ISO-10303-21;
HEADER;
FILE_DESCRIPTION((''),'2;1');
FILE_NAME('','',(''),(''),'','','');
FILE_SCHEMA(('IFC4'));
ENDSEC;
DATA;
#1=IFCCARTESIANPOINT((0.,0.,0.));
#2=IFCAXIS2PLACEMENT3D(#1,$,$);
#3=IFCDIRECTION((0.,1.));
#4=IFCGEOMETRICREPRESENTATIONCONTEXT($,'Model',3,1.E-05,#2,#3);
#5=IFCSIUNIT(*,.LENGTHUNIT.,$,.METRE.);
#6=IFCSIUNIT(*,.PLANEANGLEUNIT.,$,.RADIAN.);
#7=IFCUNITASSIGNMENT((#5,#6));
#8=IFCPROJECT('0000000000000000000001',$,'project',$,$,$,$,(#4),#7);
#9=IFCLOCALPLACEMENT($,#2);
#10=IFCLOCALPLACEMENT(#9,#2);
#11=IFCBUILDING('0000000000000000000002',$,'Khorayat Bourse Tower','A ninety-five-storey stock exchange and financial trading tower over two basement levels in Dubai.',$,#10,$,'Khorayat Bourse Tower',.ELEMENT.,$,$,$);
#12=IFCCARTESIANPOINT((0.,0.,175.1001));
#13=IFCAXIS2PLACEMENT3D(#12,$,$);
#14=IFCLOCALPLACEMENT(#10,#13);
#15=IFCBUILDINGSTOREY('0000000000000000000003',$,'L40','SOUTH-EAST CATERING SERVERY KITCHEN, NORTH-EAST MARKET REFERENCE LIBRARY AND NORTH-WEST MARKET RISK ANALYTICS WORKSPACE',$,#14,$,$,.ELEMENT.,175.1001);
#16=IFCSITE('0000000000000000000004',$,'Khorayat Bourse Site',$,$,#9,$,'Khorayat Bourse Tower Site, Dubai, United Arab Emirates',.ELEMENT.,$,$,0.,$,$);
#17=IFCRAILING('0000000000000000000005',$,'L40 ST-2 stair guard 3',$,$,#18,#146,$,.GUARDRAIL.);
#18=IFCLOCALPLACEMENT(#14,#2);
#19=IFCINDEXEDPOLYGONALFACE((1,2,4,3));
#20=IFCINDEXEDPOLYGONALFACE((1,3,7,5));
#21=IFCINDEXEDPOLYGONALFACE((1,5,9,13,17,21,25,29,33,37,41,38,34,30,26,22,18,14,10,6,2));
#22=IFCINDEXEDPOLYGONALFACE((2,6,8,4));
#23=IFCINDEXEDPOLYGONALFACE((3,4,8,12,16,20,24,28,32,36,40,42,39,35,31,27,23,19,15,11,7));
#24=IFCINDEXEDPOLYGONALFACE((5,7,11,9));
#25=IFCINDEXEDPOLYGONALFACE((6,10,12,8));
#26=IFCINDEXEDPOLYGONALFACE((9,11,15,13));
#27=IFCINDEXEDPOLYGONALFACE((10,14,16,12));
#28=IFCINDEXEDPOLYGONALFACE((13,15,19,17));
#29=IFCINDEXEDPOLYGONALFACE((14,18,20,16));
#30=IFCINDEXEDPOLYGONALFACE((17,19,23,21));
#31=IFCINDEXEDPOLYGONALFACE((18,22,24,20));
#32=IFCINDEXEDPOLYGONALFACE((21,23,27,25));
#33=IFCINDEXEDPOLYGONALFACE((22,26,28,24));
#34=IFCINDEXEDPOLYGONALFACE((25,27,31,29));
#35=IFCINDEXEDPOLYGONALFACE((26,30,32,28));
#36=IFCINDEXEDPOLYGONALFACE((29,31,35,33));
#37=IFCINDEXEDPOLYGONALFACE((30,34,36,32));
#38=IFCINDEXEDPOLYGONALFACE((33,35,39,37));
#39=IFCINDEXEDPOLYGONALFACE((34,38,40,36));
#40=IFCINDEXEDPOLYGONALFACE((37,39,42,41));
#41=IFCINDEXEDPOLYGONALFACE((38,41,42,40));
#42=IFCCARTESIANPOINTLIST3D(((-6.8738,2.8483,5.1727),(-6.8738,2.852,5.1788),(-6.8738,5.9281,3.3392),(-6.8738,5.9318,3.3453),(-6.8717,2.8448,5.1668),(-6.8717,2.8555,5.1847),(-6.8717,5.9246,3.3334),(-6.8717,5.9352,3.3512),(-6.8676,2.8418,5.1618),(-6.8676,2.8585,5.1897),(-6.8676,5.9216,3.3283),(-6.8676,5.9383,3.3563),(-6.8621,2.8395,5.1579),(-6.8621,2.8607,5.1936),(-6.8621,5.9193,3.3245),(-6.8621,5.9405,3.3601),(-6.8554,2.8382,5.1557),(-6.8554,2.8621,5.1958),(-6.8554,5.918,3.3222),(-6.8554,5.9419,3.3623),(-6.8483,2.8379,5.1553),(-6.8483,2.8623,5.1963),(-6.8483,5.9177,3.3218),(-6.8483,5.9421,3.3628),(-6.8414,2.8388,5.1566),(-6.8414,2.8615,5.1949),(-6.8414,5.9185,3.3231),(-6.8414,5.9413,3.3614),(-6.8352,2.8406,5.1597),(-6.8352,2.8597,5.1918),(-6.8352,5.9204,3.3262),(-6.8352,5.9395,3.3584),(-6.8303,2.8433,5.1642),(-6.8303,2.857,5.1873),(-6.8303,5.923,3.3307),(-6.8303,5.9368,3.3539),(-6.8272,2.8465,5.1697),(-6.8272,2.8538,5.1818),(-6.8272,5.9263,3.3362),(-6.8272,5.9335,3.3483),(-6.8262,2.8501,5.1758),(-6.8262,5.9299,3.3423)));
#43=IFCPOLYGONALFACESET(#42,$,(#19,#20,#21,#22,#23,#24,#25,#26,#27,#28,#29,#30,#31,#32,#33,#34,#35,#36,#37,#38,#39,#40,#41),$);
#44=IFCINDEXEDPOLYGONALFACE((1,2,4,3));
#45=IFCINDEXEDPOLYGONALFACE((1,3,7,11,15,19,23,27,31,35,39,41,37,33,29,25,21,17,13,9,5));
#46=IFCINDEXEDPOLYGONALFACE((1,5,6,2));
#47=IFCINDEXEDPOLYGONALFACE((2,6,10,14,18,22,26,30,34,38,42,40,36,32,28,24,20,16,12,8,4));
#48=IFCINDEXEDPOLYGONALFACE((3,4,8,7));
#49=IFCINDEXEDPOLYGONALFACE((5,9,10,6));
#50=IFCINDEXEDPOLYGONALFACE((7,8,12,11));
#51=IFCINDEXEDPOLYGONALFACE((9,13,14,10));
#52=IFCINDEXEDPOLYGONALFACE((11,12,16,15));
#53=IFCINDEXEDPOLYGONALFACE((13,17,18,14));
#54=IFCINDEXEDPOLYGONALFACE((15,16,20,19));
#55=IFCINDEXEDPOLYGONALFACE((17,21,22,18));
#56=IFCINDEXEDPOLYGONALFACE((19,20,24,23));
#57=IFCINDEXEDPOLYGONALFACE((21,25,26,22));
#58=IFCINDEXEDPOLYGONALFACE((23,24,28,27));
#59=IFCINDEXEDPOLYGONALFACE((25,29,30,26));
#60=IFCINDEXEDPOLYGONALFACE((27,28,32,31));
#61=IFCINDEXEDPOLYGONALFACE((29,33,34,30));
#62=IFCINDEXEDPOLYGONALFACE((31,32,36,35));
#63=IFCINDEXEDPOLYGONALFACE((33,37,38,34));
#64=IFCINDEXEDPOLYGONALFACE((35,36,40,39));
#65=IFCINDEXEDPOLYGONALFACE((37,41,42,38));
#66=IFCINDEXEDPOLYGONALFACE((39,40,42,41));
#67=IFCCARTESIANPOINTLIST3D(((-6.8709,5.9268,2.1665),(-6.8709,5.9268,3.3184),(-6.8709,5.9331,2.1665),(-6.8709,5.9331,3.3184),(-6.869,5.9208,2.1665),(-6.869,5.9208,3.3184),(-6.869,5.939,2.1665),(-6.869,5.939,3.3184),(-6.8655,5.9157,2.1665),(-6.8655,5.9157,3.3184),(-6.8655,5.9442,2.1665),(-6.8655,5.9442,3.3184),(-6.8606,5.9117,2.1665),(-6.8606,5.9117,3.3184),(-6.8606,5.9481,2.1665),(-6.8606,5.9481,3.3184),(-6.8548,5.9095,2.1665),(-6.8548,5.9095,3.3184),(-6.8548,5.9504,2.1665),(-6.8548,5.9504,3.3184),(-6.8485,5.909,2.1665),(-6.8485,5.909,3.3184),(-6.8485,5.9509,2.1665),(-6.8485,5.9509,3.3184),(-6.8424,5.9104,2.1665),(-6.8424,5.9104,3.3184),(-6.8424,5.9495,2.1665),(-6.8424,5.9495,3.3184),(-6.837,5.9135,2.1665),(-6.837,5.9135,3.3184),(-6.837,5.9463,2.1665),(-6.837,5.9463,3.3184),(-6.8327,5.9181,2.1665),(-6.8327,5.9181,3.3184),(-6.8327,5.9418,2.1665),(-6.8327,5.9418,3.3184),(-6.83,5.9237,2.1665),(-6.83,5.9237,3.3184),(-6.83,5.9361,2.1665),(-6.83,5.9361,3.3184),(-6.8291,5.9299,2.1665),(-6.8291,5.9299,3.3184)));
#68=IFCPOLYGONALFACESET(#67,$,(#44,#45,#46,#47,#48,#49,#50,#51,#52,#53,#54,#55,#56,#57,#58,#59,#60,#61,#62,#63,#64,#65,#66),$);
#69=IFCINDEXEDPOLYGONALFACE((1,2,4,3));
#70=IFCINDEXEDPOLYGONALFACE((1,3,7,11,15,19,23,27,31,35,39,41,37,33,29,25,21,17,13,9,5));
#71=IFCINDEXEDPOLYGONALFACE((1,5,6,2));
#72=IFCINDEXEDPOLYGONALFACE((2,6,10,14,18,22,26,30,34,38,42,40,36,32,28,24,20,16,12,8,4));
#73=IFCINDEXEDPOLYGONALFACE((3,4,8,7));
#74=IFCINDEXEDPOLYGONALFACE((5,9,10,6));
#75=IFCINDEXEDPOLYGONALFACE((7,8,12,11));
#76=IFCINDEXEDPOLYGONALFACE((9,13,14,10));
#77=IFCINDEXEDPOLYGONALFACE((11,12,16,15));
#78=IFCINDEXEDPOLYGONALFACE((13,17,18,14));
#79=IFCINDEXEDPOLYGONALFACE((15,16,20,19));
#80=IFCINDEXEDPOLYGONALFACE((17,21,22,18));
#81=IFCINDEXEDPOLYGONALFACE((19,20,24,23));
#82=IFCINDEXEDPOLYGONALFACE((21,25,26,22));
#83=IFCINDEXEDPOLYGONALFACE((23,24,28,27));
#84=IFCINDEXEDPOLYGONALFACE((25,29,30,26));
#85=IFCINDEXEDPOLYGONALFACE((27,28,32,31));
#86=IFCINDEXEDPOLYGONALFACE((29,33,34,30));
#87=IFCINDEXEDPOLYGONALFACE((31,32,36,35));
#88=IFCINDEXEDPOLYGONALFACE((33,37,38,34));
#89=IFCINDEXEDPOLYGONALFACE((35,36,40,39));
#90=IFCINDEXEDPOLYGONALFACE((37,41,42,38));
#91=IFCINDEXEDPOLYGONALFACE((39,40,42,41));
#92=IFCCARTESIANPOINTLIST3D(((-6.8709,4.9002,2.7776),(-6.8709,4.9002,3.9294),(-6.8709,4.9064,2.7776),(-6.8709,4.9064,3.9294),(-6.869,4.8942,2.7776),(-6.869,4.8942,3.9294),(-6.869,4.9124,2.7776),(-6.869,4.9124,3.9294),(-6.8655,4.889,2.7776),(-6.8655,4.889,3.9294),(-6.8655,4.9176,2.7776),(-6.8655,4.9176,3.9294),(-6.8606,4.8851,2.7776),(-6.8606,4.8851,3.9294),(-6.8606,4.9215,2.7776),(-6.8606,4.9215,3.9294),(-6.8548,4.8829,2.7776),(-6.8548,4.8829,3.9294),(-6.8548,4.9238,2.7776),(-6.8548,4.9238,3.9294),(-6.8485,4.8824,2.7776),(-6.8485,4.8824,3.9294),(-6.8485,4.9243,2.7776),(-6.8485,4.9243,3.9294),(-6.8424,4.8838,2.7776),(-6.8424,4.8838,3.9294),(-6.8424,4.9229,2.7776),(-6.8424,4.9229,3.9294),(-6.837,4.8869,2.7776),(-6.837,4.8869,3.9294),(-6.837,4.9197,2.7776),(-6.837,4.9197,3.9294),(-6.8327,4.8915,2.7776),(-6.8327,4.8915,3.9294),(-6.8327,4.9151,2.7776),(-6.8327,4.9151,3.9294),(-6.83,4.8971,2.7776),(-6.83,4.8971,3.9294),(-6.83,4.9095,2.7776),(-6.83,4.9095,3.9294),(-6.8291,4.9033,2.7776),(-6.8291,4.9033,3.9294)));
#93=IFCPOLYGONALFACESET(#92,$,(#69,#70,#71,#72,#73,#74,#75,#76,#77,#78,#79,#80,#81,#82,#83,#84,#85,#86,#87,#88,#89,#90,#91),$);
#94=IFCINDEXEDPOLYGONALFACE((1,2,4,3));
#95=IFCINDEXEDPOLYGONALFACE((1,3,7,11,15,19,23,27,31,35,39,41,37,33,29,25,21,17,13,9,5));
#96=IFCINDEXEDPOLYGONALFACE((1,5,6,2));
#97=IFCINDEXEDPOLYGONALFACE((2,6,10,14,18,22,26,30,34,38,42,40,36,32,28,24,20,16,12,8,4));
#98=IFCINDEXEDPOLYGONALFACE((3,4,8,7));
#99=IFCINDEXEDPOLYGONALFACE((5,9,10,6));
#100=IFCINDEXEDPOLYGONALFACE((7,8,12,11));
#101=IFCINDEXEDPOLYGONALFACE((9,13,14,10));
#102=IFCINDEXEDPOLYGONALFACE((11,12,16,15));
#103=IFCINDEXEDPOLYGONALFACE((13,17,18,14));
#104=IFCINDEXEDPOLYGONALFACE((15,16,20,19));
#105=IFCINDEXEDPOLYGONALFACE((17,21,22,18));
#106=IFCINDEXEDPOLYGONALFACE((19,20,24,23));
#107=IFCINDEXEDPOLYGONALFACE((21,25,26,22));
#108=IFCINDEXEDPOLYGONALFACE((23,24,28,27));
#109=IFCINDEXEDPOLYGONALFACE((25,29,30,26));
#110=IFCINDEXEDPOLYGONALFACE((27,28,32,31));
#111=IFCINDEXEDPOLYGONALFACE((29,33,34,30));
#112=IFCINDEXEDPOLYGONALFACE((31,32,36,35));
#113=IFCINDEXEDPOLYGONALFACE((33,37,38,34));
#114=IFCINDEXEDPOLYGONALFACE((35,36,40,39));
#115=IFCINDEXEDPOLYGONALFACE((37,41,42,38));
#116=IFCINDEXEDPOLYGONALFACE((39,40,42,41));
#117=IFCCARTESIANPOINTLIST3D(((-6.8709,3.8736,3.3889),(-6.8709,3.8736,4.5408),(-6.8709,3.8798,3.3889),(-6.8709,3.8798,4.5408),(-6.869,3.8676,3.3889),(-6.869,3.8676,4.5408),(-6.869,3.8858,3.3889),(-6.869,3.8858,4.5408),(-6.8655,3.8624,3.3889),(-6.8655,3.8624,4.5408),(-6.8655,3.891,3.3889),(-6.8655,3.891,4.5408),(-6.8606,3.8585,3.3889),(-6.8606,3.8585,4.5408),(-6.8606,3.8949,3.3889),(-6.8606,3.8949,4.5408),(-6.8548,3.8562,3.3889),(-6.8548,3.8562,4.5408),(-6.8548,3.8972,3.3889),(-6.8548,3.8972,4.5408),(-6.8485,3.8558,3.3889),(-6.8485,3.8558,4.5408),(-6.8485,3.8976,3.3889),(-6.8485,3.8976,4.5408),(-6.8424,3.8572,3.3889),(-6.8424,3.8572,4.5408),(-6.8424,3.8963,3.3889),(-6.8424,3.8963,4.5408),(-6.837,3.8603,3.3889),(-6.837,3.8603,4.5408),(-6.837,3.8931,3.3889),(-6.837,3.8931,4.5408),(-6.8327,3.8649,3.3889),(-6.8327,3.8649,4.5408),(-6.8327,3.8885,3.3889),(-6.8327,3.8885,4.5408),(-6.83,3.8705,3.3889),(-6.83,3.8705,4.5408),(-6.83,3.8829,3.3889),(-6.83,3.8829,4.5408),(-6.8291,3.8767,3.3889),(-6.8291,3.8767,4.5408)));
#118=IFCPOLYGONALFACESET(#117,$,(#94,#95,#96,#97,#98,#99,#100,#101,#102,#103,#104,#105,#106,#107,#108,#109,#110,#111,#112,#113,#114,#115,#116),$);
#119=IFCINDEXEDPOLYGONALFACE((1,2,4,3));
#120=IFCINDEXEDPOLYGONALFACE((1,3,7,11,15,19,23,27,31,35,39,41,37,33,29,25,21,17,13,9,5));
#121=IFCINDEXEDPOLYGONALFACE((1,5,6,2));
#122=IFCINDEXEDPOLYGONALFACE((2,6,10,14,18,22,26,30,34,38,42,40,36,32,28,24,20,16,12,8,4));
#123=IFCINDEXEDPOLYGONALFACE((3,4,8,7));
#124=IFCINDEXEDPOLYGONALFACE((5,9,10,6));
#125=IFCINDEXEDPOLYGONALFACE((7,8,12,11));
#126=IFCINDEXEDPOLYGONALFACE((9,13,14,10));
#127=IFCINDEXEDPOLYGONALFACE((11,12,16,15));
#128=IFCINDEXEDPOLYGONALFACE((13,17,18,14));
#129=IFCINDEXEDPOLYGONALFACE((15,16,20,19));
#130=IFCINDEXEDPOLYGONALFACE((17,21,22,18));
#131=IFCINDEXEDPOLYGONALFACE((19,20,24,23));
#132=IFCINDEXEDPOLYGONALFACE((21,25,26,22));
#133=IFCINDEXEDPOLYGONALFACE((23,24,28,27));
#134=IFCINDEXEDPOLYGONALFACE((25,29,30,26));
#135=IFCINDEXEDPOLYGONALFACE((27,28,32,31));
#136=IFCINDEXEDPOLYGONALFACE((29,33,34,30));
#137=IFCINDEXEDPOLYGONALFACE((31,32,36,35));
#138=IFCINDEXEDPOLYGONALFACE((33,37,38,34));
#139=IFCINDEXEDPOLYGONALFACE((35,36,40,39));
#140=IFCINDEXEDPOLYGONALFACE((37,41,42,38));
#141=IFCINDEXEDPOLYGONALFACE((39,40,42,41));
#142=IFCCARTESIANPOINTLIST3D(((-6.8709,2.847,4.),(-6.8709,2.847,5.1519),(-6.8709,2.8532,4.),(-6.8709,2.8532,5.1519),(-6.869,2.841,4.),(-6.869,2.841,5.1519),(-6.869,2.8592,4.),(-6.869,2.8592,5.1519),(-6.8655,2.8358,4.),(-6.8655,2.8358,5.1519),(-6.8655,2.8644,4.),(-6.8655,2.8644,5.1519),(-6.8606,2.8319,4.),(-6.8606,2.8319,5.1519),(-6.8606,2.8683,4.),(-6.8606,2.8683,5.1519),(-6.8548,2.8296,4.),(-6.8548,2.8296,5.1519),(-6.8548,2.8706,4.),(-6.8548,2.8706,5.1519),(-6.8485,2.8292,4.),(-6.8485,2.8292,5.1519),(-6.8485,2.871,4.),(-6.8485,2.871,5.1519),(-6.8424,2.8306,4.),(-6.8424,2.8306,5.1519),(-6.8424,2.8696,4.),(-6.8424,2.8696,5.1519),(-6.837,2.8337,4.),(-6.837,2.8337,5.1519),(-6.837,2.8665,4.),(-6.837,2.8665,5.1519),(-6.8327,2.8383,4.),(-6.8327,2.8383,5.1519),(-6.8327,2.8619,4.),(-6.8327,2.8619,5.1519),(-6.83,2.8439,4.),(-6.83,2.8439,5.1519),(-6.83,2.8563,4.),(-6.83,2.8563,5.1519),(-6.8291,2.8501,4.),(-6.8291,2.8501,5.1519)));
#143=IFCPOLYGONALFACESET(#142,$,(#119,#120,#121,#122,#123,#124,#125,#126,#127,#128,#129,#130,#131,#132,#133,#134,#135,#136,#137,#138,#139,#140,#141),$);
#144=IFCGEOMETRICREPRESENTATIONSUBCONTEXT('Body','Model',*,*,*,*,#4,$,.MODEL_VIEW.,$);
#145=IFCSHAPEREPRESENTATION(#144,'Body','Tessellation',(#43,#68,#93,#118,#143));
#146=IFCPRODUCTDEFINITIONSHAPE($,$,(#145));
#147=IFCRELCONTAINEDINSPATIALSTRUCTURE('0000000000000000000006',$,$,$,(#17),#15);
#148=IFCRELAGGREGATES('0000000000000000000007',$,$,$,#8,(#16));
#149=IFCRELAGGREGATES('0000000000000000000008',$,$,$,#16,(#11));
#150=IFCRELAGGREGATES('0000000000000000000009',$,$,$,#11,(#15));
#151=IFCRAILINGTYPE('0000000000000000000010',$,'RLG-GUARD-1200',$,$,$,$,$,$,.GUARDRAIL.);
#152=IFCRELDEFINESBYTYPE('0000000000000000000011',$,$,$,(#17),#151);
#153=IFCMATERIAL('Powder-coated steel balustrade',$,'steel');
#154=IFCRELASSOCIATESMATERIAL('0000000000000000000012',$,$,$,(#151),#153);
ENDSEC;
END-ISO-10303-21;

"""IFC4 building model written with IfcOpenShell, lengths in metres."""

from ifc_helpers import new_model, si_unit, direction, frame, origin, origin_2d, place, context, subcontext, project, spatial, circle, extrude, source, transform, mapped, material, type_object, element, save


model = new_model("IFC4")

# Units and contexts
model_context = context("Model", 3, precision=1e-05, world=origin(), true_north=direction((0.0, 1.0)))
body_context = subcontext(model_context, "Body", "Model", "MODEL_VIEW")
ifc_project = project(units=[si_unit("LENGTHUNIT", "METRE"), si_unit("PLANEANGLEUNIT", "RADIAN")], contexts=[model_context])

# Site, building, storey
site_placement = place(None, origin())
site = spatial("IfcSite", under=ifc_project, at=site_placement, Name="Khorayat Bourse Site", LongName="Khorayat Bourse Tower Site, Dubai, United Arab Emirates", CompositionType="ELEMENT", RefElevation=0.0)
building_placement = place(site_placement, origin())
building = spatial("IfcBuilding", under=site, at=building_placement, Name="Khorayat Bourse Tower", Description="A ninety-five-storey stock exchange and financial trading tower over two basement levels in Dubai.", LongName="Khorayat Bourse Tower", CompositionType="ELEMENT")
storey_placement = place(building_placement, frame((0.0, 0.0, 175.1001)))
storey = spatial("IfcBuildingStorey", under=building, at=storey_placement, Name="L40", Description="SOUTH-EAST CATERING SERVERY KITCHEN, NORTH-EAST MARKET REFERENCE LIBRARY AND NORTH-WEST MARKET RISK ANALYTICS WORKSPACE", CompositionType="ELEMENT", Elevation=175.1001)

# Railing
ifc_material_1 = material(Name="Powder-coated steel balustrade", Category="steel")
railing_type_1 = type_object("IfcRailingType", Name="RLG-GUARD-1200", PredefinedType="GUARDRAIL", material=ifc_material_1)
shared_shape_1 = source(origin(), body_context, "Body", "SweptSolid", [
    extrude(circle(Radius=0.0239, at=origin_2d()), frame((0.0, 0.0, 1.1758), z_axis=(0.0, -0.859261, 0.511538), x_axis=(1.0, 0.0, 0.0)), (0.0, 0.0, 1.0), 3.5842),
    extrude(circle(Radius=0.021, at=origin_2d()), origin(), (0.0, 0.0, 1.0), 1.1519),
    extrude(circle(Radius=0.021, at=origin_2d()), frame((0.0, -1.0266, 0.6111)), (0.0, 0.0, 1.0), 1.1519),
    extrude(circle(Radius=0.021, at=origin_2d()), frame((0.0, -2.0532, 1.2224)), (0.0, 0.0, 1.0), 1.1519),
    extrude(circle(Radius=0.021, at=origin_2d()), frame((0.0, -3.0798, 1.8335)), (0.0, 0.0, 1.0), 1.1519),
])
railing_1_placement = place(storey_placement, frame((-6.8501, 5.9299, 2.1665)))
element("IfcRailing", 1, at=railing_1_placement, inside=storey, type_object=railing_type_1, Name="L40 ST-2 stair guard 3", PredefinedType="GUARDRAIL", context=body_context, shape_type="MappedRepresentation", body=[
    mapped(shared_shape_1, transform((0.0, 0.0, 0.0), scale=1.0)),
])

save(model, "model.ifc")
